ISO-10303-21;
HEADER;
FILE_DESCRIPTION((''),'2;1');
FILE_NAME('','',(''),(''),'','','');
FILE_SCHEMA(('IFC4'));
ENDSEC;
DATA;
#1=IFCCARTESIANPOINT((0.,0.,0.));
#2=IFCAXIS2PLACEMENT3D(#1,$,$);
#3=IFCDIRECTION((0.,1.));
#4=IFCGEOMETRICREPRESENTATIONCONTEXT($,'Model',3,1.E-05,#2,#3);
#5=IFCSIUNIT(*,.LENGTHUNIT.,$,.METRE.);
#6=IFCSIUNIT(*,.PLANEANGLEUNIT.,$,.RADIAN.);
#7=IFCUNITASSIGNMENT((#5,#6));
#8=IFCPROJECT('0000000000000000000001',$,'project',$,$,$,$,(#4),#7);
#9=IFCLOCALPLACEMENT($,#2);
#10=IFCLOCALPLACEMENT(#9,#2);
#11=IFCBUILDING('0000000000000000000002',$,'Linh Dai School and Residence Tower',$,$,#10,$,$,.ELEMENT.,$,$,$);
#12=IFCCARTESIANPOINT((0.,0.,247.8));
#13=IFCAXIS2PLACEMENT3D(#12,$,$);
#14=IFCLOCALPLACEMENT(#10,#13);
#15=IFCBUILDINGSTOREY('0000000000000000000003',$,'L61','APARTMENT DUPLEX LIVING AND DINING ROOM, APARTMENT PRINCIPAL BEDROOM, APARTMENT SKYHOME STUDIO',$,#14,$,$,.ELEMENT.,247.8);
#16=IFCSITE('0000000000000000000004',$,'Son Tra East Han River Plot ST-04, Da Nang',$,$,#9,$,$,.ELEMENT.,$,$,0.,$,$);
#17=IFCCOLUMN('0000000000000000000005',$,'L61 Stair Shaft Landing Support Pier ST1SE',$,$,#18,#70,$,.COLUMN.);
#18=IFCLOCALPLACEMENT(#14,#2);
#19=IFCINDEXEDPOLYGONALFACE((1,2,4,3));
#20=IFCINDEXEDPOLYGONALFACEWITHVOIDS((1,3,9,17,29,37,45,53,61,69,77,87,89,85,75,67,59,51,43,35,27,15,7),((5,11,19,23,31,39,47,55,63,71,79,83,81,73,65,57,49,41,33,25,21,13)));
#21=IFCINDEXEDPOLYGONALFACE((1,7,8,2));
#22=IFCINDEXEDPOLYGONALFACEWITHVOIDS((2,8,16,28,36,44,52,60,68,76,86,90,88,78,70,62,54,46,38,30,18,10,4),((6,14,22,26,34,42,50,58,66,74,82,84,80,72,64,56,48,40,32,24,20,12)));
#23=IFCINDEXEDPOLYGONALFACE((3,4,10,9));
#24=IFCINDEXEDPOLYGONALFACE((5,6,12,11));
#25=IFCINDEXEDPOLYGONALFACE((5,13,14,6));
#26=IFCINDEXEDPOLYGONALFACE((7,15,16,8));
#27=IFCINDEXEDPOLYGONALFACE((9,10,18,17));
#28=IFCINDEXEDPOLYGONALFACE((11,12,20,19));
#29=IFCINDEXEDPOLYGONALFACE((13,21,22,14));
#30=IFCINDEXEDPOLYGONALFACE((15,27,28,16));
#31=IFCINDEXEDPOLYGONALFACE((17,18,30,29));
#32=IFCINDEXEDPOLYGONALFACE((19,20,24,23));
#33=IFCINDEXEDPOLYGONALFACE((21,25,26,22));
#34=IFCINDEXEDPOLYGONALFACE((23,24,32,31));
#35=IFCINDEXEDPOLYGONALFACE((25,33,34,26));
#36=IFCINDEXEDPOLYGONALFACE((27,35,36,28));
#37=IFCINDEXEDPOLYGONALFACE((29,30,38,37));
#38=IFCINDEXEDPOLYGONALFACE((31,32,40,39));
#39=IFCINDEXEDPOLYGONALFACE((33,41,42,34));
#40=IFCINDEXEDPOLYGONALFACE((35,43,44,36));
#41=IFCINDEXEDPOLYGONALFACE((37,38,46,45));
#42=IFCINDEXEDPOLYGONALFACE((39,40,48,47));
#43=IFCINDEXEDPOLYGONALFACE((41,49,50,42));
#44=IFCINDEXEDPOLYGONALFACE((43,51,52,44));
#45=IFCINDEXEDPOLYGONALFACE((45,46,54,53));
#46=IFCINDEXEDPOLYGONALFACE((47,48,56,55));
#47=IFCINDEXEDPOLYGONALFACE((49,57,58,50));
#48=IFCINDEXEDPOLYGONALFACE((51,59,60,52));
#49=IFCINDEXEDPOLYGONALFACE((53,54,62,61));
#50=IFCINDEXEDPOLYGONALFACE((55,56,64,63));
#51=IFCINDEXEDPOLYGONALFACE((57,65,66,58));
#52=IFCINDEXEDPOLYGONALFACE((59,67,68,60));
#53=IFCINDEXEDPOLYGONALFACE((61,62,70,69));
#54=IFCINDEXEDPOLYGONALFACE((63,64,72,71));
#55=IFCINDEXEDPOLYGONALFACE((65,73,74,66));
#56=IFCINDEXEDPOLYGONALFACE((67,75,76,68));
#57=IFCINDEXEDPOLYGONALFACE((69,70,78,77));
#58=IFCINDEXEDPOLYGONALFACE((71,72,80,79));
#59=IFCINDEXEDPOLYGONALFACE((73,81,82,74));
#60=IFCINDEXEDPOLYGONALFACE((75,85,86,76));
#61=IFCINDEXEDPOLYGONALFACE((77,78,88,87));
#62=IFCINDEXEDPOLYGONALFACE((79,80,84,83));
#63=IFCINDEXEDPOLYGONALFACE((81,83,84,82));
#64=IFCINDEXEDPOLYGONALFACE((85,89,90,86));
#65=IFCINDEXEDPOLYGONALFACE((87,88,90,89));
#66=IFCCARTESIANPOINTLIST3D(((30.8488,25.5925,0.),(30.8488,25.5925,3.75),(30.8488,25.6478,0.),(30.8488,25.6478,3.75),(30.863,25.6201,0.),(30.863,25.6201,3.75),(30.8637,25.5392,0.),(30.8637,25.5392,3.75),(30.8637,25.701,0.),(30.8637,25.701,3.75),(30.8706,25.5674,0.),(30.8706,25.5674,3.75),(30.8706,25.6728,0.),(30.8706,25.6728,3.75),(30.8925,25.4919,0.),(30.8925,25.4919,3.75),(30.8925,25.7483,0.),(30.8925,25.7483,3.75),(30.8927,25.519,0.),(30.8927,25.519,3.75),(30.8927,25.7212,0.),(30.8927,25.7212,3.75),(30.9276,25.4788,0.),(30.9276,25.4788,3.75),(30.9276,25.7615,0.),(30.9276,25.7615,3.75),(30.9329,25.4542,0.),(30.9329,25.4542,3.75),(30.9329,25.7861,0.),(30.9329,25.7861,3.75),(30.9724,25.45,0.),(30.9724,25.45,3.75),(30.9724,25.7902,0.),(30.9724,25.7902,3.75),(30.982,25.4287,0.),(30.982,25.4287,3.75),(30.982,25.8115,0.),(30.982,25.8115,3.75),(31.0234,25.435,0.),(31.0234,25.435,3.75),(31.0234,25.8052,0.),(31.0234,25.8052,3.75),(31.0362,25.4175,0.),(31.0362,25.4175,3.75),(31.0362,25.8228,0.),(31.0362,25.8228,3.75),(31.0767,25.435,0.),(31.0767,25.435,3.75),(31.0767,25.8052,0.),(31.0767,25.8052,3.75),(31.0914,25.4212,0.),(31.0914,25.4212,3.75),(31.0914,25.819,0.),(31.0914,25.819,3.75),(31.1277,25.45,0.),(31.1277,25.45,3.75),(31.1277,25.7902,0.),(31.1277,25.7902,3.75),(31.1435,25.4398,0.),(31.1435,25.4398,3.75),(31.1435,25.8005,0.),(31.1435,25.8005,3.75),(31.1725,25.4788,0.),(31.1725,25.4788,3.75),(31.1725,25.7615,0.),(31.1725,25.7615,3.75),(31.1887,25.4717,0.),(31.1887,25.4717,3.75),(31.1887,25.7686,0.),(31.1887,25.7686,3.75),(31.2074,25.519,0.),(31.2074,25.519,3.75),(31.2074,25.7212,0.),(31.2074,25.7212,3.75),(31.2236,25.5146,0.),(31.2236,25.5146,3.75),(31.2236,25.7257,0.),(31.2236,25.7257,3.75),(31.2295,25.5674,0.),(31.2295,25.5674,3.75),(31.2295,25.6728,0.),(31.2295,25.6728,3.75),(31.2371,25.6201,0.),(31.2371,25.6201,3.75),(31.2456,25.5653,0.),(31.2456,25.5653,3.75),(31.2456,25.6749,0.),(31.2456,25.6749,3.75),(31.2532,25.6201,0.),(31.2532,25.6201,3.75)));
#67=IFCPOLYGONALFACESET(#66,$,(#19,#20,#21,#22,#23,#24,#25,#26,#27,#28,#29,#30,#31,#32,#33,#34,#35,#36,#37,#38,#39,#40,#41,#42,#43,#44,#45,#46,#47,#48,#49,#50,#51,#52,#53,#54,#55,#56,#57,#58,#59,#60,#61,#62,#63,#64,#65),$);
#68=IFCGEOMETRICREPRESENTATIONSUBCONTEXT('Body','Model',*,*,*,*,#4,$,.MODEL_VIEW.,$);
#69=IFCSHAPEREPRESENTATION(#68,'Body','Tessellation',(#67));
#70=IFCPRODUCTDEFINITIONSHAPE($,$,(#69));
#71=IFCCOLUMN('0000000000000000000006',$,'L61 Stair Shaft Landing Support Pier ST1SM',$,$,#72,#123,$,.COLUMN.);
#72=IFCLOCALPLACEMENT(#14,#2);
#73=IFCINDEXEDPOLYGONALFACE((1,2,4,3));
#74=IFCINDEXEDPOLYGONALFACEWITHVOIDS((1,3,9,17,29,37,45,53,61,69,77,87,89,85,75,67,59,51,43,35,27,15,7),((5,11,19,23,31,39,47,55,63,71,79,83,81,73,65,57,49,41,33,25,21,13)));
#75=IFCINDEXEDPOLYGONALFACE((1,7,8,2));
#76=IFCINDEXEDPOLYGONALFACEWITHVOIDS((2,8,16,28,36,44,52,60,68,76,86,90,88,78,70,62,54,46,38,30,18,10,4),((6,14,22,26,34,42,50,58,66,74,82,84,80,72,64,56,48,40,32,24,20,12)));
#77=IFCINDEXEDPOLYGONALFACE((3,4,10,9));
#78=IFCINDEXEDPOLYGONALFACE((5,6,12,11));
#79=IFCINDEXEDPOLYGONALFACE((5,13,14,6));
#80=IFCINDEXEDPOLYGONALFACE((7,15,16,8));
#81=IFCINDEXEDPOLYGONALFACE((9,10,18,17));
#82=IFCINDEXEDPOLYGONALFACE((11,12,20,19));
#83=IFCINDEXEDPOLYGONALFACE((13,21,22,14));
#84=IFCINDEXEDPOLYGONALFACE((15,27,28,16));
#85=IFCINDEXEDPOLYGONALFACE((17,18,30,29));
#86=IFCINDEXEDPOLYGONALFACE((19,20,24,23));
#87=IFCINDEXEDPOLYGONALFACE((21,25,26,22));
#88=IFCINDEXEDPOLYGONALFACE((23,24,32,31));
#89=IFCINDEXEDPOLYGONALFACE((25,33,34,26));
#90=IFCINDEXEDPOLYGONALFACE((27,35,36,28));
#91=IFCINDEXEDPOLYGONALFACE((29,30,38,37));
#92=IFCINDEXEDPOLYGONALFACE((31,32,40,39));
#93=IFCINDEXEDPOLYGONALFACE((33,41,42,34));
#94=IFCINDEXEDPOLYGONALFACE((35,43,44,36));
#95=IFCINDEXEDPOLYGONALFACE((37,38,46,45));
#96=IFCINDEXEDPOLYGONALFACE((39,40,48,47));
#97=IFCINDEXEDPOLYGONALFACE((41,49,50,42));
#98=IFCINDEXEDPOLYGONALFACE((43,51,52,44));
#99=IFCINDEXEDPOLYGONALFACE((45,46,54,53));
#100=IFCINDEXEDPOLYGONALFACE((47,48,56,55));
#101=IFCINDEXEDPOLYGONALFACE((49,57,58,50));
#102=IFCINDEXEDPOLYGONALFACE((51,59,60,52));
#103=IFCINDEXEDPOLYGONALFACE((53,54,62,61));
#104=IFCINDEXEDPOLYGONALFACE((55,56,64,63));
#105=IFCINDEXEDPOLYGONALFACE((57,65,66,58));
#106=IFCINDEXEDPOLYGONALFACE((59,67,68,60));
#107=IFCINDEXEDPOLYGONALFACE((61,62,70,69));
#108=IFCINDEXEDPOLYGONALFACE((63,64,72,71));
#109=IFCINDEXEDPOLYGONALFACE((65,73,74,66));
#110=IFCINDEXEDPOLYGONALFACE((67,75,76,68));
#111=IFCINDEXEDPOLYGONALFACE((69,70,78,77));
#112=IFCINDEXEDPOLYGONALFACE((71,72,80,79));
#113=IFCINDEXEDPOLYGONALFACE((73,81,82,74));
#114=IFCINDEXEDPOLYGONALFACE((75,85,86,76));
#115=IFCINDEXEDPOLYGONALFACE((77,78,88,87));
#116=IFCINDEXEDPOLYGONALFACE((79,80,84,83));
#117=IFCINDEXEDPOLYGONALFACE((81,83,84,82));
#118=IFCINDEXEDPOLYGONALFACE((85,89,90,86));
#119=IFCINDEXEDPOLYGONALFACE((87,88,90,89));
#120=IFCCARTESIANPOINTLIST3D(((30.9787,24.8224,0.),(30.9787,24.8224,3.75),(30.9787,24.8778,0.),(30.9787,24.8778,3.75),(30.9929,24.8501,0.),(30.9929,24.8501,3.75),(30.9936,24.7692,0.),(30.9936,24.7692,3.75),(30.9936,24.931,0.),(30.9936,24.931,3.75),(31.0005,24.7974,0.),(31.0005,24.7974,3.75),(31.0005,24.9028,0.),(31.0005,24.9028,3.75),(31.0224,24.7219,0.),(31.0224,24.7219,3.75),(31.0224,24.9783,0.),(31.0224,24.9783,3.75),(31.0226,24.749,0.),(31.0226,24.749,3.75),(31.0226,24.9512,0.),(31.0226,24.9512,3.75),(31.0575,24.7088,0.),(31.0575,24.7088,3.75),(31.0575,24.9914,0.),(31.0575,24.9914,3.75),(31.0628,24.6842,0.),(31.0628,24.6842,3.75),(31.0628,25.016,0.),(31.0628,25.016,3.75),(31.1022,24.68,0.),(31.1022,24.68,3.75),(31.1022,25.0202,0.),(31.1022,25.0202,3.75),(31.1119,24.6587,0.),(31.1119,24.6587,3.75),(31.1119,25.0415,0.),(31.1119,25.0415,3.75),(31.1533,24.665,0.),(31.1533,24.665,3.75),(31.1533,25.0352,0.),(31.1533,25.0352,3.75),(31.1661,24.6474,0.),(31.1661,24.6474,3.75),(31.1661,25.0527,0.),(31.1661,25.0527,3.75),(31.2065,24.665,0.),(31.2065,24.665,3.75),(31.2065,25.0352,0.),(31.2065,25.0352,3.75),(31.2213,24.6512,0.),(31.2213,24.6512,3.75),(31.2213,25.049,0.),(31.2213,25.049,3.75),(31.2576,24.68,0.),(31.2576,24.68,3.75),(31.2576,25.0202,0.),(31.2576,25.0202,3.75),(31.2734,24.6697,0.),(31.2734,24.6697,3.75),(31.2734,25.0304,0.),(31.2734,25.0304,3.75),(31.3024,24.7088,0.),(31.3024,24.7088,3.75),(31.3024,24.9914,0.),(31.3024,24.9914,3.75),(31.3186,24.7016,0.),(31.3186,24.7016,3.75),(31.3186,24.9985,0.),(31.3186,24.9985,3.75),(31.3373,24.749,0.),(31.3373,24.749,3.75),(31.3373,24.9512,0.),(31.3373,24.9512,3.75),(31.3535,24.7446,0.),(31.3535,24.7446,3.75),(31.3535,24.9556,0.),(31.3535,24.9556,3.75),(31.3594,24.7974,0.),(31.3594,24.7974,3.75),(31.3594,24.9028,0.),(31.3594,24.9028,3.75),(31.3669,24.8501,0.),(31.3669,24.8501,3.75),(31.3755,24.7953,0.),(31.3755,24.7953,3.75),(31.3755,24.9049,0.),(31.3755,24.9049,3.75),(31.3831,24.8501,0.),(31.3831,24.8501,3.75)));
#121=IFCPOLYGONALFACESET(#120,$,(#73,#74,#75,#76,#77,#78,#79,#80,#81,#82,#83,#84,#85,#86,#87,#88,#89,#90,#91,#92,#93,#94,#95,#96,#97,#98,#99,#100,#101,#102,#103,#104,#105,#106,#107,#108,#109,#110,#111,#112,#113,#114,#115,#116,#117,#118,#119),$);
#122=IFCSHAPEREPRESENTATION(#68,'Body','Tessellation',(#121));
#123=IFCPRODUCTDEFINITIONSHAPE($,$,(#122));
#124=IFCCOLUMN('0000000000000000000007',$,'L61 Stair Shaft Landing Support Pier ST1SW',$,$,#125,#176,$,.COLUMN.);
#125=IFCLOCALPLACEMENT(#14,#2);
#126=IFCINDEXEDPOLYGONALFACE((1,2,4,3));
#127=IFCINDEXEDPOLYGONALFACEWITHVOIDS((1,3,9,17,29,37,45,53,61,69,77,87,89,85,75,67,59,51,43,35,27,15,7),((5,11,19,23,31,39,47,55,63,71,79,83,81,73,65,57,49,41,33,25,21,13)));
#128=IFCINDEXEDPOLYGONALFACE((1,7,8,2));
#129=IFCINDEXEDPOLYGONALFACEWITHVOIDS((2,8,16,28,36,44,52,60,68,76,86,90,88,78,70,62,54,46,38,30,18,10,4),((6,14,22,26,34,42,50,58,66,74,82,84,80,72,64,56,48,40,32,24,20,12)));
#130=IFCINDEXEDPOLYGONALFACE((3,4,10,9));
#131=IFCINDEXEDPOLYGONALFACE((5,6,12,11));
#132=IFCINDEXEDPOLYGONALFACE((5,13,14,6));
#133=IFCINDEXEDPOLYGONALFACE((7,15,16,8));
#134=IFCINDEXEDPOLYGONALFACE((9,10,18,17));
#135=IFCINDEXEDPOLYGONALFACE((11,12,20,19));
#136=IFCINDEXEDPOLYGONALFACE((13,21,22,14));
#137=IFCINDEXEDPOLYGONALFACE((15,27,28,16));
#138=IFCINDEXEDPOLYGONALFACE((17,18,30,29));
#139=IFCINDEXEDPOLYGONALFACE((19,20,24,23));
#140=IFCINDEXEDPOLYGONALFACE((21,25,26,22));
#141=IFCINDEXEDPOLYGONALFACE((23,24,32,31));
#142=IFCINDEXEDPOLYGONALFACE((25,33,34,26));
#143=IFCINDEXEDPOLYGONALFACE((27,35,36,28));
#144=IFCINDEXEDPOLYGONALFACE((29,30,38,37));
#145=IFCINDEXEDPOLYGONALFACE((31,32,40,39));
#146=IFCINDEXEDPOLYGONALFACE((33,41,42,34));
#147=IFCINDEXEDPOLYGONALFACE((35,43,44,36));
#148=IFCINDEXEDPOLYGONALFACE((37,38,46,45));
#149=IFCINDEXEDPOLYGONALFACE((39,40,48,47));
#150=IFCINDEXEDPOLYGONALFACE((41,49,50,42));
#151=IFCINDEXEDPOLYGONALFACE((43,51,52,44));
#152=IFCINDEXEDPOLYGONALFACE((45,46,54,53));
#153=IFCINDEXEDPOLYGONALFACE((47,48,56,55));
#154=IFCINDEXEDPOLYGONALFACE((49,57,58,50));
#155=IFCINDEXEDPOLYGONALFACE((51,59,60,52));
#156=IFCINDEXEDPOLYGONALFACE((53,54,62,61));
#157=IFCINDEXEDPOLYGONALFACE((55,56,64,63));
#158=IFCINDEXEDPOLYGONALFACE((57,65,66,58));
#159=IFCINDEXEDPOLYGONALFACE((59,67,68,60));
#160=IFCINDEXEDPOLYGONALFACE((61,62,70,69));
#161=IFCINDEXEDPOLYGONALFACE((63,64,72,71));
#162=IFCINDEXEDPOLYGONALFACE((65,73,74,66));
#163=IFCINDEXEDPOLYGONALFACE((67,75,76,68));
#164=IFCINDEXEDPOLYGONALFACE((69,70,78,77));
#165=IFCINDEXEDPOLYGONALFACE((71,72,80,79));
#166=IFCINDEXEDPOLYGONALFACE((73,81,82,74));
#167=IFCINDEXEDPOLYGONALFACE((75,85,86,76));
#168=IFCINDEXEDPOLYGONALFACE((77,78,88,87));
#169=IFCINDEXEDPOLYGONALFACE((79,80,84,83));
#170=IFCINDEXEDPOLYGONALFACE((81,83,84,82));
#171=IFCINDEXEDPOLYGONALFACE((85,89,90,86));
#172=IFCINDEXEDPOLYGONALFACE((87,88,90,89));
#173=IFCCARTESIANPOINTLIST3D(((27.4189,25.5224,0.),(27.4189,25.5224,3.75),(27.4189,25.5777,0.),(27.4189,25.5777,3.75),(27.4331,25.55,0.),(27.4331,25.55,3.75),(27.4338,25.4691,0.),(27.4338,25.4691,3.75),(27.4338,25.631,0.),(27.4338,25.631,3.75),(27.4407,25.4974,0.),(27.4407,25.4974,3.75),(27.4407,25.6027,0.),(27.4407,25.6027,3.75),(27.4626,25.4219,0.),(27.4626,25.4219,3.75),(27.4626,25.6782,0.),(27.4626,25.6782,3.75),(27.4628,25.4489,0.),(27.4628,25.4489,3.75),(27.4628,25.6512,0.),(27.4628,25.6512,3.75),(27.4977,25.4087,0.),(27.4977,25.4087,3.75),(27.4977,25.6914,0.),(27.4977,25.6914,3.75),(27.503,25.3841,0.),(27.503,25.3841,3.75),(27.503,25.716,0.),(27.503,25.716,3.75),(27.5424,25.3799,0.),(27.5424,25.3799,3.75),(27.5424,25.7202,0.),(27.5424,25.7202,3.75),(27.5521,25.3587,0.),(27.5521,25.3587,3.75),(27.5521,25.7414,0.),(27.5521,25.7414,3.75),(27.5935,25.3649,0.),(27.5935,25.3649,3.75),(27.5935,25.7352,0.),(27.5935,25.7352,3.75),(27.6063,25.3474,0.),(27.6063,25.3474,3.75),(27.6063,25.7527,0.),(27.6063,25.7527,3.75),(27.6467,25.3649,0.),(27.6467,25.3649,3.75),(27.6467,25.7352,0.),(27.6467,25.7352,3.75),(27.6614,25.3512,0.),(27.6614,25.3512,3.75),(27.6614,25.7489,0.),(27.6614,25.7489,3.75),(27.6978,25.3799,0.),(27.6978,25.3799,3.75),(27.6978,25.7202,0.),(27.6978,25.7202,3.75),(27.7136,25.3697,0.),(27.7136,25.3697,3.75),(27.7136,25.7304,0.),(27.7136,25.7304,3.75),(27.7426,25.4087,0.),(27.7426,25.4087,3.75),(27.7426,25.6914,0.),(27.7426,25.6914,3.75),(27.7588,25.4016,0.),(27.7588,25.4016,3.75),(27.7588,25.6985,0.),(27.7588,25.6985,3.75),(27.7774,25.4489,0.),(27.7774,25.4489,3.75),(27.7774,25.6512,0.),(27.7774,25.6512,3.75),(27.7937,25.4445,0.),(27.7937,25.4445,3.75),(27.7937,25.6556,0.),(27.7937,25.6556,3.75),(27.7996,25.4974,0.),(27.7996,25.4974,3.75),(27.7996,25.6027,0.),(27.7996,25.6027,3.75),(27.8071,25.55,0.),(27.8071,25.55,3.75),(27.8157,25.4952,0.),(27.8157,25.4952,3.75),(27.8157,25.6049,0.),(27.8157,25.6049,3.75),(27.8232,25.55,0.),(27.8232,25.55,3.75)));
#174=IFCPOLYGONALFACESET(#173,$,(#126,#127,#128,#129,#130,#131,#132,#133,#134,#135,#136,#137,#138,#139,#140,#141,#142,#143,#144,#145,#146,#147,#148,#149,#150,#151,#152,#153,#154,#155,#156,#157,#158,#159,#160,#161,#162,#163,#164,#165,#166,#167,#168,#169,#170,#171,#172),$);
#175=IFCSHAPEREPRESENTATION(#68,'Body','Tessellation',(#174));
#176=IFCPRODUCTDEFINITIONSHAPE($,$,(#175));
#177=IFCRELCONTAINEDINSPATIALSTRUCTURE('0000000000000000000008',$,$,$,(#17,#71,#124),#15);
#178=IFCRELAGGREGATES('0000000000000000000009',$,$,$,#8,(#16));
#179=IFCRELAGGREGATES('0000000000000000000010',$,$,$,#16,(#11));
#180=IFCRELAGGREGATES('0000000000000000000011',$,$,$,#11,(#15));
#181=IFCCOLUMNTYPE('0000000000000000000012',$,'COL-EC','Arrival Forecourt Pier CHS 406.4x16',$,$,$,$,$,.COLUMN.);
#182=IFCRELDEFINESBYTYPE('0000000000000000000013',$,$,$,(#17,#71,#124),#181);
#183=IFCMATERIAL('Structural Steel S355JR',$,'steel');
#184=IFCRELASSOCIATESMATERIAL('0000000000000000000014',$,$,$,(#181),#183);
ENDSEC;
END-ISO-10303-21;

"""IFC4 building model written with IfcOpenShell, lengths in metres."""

from ifc_helpers import new_model, si_unit, direction, frame, origin, origin_2d, place, context, subcontext, project, spatial, hollow_circle, extrude, material, material_profile, profile_set, type_object, element, save


model = new_model("IFC4")

# Units and contexts
model_context = context("Model", 3, precision=1e-05, world=origin(), true_north=direction((0.0, 1.0)))
body_context = subcontext(model_context, "Body", "Model", "MODEL_VIEW")
ifc_project = project(units=[si_unit("LENGTHUNIT", "METRE"), si_unit("PLANEANGLEUNIT", "RADIAN")], contexts=[model_context])

# Site, building, storey
site_placement = place(None, origin())
site = spatial("IfcSite", under=ifc_project, at=site_placement, Name="Son Tra East Han River Plot ST-04, Da Nang", CompositionType="ELEMENT", RefElevation=0.0)
building_placement = place(site_placement, origin())
building = spatial("IfcBuilding", under=site, at=building_placement, Name="Linh Dai School and Residence Tower", CompositionType="ELEMENT")
storey_placement = place(building_placement, frame((0.0, 0.0, 247.8)))
storey = spatial("IfcBuildingStorey", under=building, at=storey_placement, Name="L61", Description="APARTMENT DUPLEX LIVING AND DINING ROOM, APARTMENT PRINCIPAL BEDROOM, APARTMENT SKYHOME STUDIO", CompositionType="ELEMENT", Elevation=247.8)

# Columns
ifc_material_1 = material(Name="Structural Steel S355JR", Category="steel")
ifc_material_profile_1 = material_profile(ifc_material_1, hollow_circle(Radius=0.2031, WallThickness=0.0161, at=origin_2d()), Name="CHS 406.4x16")
ifc_profile_set_1 = profile_set([ifc_material_profile_1], Name="Structural Steel S355JR")
column_type_1 = type_object("IfcColumnType", Name="COL-EC", Description="Arrival Forecourt Pier CHS 406.4x16", PredefinedType="COLUMN", material=ifc_profile_set_1)
for number, where, z_axis, x_axis, name in (
    (1, (31.05, 25.6201, 0.0), (0.0, 0.0, 1.0), (1.0, 0.0, 0.0), "L61 Stair Shaft Landing Support Pier ST1SE"),
    (2, (31.1799, 24.8501, 0.0), (0.0, 0.0, 1.0), (1.0, 0.0, 0.0), "L61 Stair Shaft Landing Support Pier ST1SM"),
    (3, (27.6201, 25.55, 0.0), (0.0, 0.0, 1.0), (1.0, 0.0, 0.0), "L61 Stair Shaft Landing Support Pier ST1SW"),
):
    element("IfcColumn", number, at=place(storey_placement, frame(where, z_axis=z_axis, x_axis=x_axis)), inside=storey, type_object=column_type_1, Name=name, PredefinedType="COLUMN", context=body_context, shape_type="SweptSolid", body=[
        extrude(hollow_circle(Radius=0.2031, WallThickness=0.0161, at=origin_2d()), origin(), (0.0, 0.0, 1.0), 3.75),
    ])

save(model, "model.ifc")
